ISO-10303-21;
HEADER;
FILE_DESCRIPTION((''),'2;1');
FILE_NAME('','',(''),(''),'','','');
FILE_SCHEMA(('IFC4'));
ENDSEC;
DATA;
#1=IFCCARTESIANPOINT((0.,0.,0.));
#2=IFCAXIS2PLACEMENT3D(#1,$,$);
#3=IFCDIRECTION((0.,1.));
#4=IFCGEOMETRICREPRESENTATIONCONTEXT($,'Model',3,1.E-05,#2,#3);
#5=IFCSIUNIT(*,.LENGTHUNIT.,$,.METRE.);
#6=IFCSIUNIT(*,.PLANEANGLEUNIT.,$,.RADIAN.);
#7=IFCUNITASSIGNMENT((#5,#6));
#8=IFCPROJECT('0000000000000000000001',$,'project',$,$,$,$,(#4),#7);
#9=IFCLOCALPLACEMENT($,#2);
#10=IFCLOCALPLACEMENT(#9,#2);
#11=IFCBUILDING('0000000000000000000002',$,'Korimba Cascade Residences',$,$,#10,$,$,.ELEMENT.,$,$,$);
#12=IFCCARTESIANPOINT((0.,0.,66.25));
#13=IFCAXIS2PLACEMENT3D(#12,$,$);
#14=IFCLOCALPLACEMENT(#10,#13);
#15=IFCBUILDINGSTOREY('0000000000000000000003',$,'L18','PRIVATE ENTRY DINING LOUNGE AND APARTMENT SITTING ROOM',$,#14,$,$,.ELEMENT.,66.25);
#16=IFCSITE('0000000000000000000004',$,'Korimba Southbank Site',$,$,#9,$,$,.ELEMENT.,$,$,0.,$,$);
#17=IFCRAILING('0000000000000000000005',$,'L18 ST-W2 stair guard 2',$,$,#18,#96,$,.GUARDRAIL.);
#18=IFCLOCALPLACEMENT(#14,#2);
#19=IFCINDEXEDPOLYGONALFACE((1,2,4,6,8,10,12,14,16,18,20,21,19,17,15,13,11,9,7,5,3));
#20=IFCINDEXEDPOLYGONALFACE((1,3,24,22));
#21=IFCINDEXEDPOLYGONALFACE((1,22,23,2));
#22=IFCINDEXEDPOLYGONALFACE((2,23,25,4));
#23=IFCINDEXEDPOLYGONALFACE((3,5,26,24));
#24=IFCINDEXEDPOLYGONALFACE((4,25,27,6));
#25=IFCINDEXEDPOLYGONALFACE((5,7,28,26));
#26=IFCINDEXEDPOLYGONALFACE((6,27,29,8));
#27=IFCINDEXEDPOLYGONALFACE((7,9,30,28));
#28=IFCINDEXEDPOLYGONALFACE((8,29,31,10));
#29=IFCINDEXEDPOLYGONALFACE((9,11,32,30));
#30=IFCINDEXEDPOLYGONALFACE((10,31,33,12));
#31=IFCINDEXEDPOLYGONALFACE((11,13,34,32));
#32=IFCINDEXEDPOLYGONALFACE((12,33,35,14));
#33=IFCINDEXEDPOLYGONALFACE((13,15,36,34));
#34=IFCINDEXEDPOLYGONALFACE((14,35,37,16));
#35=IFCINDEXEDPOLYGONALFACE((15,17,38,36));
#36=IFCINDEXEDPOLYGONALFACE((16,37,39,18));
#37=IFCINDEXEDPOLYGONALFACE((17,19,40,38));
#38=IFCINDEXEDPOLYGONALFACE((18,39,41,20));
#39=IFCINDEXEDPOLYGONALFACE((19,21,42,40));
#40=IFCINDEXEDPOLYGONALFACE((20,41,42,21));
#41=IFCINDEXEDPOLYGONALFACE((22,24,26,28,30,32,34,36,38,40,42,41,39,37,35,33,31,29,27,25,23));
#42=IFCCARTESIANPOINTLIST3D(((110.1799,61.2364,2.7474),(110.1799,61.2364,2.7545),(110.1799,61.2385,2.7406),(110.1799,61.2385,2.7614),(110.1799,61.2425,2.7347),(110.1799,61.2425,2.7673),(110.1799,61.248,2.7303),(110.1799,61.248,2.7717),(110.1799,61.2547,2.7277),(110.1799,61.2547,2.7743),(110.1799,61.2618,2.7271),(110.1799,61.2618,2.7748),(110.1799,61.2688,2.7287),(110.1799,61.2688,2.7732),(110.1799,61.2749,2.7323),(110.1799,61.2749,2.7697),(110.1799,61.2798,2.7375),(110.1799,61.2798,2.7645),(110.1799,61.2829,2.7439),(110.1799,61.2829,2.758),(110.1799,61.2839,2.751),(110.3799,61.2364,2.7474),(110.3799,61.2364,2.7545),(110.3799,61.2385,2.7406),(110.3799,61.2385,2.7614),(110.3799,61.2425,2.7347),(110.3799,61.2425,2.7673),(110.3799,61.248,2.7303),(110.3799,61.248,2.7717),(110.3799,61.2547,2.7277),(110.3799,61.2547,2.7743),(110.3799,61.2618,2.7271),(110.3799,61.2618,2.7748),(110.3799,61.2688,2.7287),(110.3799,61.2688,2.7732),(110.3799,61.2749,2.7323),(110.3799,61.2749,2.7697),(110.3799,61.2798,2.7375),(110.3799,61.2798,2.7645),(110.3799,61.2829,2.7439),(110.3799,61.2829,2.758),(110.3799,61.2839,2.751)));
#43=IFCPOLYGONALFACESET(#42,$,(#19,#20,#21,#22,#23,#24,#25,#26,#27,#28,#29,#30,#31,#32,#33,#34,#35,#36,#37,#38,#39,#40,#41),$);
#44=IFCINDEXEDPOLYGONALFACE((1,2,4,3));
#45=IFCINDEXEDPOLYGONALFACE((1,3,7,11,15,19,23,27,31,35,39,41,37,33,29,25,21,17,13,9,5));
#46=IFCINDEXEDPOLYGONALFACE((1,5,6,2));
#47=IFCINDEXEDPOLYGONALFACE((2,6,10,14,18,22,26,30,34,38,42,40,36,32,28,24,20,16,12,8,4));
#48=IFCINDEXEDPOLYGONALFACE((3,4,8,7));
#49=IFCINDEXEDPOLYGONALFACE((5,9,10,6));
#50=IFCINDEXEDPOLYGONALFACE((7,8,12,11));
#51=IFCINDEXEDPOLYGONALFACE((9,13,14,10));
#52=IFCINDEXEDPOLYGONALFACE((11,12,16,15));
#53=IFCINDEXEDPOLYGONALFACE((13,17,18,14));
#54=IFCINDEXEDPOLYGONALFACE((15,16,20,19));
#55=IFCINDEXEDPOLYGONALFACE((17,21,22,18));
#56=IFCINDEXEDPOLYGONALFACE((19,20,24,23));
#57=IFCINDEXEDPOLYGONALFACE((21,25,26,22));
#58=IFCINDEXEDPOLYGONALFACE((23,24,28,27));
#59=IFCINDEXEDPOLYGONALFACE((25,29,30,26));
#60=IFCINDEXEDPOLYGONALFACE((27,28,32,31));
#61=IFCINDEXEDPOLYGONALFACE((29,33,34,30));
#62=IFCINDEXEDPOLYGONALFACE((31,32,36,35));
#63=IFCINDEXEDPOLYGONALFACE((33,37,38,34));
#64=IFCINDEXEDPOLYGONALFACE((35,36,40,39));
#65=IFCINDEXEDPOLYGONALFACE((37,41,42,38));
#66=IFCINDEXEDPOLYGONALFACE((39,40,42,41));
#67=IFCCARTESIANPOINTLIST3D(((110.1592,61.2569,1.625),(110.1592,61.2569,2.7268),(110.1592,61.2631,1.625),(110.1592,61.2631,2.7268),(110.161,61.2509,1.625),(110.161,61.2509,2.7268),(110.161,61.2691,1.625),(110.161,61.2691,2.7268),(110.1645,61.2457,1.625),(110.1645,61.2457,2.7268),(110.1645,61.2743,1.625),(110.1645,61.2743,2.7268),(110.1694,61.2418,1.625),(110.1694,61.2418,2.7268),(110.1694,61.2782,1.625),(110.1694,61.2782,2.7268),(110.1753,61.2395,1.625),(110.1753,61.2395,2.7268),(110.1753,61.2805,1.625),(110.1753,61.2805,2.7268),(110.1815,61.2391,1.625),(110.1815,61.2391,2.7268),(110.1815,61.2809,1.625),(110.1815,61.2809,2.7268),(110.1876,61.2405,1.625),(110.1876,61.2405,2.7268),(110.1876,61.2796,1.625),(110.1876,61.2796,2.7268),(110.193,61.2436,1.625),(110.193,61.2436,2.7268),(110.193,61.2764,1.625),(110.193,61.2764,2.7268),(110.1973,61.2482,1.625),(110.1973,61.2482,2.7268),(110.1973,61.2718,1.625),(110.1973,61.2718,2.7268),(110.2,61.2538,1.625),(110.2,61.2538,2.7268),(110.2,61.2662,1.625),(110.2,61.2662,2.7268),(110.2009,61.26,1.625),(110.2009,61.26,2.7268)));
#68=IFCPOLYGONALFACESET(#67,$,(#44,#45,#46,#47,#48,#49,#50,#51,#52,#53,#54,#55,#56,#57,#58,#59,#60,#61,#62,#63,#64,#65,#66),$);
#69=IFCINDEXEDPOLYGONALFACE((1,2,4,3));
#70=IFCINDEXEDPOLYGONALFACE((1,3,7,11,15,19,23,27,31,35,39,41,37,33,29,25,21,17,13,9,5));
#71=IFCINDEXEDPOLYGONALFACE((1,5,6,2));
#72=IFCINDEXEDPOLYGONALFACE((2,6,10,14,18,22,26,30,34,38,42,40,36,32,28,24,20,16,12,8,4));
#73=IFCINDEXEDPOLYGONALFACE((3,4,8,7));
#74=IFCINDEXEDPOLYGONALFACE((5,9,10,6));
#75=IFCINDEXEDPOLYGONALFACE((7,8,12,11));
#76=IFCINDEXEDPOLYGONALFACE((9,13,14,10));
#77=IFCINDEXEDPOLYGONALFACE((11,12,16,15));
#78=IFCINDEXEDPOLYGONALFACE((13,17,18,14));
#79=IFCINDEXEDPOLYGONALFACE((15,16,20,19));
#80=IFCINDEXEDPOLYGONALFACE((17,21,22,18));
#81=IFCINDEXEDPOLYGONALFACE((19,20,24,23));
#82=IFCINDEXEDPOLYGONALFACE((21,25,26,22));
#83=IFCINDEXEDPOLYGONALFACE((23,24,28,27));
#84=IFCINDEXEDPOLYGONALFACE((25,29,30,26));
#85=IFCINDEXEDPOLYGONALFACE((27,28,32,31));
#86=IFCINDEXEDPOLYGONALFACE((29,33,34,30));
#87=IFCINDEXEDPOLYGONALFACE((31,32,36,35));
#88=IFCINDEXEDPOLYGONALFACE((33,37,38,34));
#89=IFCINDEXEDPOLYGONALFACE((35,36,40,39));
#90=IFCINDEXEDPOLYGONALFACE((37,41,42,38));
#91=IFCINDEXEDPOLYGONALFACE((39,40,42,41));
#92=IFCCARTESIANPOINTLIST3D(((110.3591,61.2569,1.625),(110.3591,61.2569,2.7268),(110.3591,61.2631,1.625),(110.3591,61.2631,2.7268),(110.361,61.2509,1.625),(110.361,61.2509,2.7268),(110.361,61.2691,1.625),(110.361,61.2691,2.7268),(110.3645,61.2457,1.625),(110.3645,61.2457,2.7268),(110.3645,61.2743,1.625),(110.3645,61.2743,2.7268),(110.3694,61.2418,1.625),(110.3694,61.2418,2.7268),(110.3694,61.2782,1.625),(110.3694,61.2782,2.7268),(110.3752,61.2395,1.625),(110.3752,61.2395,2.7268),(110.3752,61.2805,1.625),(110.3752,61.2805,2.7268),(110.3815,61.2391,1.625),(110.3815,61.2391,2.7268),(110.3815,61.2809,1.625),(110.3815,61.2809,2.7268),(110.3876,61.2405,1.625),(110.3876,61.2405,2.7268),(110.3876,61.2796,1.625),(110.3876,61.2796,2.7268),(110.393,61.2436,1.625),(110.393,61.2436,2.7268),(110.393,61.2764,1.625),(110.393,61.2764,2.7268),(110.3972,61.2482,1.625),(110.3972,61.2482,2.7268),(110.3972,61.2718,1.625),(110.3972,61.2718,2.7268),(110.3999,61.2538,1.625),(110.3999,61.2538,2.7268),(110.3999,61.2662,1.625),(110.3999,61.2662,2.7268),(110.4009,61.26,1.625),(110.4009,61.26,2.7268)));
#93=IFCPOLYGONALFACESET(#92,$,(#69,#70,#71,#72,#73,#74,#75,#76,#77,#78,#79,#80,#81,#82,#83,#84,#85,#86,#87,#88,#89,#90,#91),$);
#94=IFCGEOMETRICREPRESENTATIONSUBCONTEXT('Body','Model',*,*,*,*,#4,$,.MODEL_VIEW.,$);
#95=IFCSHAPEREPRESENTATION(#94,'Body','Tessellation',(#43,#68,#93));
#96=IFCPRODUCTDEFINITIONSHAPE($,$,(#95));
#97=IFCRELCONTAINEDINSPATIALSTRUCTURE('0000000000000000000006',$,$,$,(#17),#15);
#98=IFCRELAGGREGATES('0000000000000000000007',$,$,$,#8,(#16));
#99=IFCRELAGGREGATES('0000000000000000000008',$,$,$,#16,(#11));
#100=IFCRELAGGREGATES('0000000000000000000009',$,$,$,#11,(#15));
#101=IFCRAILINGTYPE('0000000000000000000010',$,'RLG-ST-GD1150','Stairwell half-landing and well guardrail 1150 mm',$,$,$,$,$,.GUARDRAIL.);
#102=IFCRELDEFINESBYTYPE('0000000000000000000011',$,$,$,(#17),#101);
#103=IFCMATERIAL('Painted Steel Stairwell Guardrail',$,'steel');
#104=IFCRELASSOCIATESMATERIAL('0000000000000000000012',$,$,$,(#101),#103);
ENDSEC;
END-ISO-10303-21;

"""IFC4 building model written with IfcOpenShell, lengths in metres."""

from ifc_helpers import new_model, si_unit, direction, frame, origin, origin_2d, place, context, subcontext, project, spatial, circle, extrude, material, type_object, element, save


model = new_model("IFC4")

# Units and contexts
model_context = context("Model", 3, precision=1e-05, world=origin(), true_north=direction((0.0, 1.0)))
body_context = subcontext(model_context, "Body", "Model", "MODEL_VIEW")
ifc_project = project(units=[si_unit("LENGTHUNIT", "METRE"), si_unit("PLANEANGLEUNIT", "RADIAN")], contexts=[model_context])

# Site, building, storey
site_placement = place(None, origin())
site = spatial("IfcSite", under=ifc_project, at=site_placement, Name="Korimba Southbank Site", CompositionType="ELEMENT", RefElevation=0.0)
building_placement = place(site_placement, origin())
building = spatial("IfcBuilding", under=site, at=building_placement, Name="Korimba Cascade Residences", CompositionType="ELEMENT")
storey_placement = place(building_placement, frame((0.0, 0.0, 66.25)))
storey = spatial("IfcBuildingStorey", under=building, at=storey_placement, Name="L18", Description="PRIVATE ENTRY DINING LOUNGE AND APARTMENT SITTING ROOM", CompositionType="ELEMENT", Elevation=66.25)

# Railing
ifc_material_1 = material(Name="Painted Steel Stairwell Guardrail", Category="steel")
railing_type_1 = type_object("IfcRailingType", Name="RLG-ST-GD1150", Description="Stairwell half-landing and well guardrail 1150 mm", PredefinedType="GUARDRAIL", material=ifc_material_1)
railing_1_placement = place(storey_placement, frame((110.1799, 61.26, 1.625)))
element("IfcRailing", 1, at=railing_1_placement, inside=storey, type_object=railing_type_1, Name="L18 ST-W2 stair guard 2", PredefinedType="GUARDRAIL", context=body_context, shape_type="SweptSolid", body=[
    extrude(circle(Radius=0.0239, at=origin_2d()), frame((0.0, 0.0, 1.126), z_axis=(1.0, 0.0, 0.0), x_axis=(0.0, 1.0, 0.0)), (0.0, 0.0, 1.0), 0.2),
    extrude(circle(Radius=0.021, at=origin_2d()), origin(), (0.0, 0.0, 1.0), 1.1018),
    extrude(circle(Radius=0.021, at=origin_2d()), frame((0.2, 0.0, 0.0)), (0.0, 0.0, 1.0), 1.1018),
])

save(model, "model.ifc")
